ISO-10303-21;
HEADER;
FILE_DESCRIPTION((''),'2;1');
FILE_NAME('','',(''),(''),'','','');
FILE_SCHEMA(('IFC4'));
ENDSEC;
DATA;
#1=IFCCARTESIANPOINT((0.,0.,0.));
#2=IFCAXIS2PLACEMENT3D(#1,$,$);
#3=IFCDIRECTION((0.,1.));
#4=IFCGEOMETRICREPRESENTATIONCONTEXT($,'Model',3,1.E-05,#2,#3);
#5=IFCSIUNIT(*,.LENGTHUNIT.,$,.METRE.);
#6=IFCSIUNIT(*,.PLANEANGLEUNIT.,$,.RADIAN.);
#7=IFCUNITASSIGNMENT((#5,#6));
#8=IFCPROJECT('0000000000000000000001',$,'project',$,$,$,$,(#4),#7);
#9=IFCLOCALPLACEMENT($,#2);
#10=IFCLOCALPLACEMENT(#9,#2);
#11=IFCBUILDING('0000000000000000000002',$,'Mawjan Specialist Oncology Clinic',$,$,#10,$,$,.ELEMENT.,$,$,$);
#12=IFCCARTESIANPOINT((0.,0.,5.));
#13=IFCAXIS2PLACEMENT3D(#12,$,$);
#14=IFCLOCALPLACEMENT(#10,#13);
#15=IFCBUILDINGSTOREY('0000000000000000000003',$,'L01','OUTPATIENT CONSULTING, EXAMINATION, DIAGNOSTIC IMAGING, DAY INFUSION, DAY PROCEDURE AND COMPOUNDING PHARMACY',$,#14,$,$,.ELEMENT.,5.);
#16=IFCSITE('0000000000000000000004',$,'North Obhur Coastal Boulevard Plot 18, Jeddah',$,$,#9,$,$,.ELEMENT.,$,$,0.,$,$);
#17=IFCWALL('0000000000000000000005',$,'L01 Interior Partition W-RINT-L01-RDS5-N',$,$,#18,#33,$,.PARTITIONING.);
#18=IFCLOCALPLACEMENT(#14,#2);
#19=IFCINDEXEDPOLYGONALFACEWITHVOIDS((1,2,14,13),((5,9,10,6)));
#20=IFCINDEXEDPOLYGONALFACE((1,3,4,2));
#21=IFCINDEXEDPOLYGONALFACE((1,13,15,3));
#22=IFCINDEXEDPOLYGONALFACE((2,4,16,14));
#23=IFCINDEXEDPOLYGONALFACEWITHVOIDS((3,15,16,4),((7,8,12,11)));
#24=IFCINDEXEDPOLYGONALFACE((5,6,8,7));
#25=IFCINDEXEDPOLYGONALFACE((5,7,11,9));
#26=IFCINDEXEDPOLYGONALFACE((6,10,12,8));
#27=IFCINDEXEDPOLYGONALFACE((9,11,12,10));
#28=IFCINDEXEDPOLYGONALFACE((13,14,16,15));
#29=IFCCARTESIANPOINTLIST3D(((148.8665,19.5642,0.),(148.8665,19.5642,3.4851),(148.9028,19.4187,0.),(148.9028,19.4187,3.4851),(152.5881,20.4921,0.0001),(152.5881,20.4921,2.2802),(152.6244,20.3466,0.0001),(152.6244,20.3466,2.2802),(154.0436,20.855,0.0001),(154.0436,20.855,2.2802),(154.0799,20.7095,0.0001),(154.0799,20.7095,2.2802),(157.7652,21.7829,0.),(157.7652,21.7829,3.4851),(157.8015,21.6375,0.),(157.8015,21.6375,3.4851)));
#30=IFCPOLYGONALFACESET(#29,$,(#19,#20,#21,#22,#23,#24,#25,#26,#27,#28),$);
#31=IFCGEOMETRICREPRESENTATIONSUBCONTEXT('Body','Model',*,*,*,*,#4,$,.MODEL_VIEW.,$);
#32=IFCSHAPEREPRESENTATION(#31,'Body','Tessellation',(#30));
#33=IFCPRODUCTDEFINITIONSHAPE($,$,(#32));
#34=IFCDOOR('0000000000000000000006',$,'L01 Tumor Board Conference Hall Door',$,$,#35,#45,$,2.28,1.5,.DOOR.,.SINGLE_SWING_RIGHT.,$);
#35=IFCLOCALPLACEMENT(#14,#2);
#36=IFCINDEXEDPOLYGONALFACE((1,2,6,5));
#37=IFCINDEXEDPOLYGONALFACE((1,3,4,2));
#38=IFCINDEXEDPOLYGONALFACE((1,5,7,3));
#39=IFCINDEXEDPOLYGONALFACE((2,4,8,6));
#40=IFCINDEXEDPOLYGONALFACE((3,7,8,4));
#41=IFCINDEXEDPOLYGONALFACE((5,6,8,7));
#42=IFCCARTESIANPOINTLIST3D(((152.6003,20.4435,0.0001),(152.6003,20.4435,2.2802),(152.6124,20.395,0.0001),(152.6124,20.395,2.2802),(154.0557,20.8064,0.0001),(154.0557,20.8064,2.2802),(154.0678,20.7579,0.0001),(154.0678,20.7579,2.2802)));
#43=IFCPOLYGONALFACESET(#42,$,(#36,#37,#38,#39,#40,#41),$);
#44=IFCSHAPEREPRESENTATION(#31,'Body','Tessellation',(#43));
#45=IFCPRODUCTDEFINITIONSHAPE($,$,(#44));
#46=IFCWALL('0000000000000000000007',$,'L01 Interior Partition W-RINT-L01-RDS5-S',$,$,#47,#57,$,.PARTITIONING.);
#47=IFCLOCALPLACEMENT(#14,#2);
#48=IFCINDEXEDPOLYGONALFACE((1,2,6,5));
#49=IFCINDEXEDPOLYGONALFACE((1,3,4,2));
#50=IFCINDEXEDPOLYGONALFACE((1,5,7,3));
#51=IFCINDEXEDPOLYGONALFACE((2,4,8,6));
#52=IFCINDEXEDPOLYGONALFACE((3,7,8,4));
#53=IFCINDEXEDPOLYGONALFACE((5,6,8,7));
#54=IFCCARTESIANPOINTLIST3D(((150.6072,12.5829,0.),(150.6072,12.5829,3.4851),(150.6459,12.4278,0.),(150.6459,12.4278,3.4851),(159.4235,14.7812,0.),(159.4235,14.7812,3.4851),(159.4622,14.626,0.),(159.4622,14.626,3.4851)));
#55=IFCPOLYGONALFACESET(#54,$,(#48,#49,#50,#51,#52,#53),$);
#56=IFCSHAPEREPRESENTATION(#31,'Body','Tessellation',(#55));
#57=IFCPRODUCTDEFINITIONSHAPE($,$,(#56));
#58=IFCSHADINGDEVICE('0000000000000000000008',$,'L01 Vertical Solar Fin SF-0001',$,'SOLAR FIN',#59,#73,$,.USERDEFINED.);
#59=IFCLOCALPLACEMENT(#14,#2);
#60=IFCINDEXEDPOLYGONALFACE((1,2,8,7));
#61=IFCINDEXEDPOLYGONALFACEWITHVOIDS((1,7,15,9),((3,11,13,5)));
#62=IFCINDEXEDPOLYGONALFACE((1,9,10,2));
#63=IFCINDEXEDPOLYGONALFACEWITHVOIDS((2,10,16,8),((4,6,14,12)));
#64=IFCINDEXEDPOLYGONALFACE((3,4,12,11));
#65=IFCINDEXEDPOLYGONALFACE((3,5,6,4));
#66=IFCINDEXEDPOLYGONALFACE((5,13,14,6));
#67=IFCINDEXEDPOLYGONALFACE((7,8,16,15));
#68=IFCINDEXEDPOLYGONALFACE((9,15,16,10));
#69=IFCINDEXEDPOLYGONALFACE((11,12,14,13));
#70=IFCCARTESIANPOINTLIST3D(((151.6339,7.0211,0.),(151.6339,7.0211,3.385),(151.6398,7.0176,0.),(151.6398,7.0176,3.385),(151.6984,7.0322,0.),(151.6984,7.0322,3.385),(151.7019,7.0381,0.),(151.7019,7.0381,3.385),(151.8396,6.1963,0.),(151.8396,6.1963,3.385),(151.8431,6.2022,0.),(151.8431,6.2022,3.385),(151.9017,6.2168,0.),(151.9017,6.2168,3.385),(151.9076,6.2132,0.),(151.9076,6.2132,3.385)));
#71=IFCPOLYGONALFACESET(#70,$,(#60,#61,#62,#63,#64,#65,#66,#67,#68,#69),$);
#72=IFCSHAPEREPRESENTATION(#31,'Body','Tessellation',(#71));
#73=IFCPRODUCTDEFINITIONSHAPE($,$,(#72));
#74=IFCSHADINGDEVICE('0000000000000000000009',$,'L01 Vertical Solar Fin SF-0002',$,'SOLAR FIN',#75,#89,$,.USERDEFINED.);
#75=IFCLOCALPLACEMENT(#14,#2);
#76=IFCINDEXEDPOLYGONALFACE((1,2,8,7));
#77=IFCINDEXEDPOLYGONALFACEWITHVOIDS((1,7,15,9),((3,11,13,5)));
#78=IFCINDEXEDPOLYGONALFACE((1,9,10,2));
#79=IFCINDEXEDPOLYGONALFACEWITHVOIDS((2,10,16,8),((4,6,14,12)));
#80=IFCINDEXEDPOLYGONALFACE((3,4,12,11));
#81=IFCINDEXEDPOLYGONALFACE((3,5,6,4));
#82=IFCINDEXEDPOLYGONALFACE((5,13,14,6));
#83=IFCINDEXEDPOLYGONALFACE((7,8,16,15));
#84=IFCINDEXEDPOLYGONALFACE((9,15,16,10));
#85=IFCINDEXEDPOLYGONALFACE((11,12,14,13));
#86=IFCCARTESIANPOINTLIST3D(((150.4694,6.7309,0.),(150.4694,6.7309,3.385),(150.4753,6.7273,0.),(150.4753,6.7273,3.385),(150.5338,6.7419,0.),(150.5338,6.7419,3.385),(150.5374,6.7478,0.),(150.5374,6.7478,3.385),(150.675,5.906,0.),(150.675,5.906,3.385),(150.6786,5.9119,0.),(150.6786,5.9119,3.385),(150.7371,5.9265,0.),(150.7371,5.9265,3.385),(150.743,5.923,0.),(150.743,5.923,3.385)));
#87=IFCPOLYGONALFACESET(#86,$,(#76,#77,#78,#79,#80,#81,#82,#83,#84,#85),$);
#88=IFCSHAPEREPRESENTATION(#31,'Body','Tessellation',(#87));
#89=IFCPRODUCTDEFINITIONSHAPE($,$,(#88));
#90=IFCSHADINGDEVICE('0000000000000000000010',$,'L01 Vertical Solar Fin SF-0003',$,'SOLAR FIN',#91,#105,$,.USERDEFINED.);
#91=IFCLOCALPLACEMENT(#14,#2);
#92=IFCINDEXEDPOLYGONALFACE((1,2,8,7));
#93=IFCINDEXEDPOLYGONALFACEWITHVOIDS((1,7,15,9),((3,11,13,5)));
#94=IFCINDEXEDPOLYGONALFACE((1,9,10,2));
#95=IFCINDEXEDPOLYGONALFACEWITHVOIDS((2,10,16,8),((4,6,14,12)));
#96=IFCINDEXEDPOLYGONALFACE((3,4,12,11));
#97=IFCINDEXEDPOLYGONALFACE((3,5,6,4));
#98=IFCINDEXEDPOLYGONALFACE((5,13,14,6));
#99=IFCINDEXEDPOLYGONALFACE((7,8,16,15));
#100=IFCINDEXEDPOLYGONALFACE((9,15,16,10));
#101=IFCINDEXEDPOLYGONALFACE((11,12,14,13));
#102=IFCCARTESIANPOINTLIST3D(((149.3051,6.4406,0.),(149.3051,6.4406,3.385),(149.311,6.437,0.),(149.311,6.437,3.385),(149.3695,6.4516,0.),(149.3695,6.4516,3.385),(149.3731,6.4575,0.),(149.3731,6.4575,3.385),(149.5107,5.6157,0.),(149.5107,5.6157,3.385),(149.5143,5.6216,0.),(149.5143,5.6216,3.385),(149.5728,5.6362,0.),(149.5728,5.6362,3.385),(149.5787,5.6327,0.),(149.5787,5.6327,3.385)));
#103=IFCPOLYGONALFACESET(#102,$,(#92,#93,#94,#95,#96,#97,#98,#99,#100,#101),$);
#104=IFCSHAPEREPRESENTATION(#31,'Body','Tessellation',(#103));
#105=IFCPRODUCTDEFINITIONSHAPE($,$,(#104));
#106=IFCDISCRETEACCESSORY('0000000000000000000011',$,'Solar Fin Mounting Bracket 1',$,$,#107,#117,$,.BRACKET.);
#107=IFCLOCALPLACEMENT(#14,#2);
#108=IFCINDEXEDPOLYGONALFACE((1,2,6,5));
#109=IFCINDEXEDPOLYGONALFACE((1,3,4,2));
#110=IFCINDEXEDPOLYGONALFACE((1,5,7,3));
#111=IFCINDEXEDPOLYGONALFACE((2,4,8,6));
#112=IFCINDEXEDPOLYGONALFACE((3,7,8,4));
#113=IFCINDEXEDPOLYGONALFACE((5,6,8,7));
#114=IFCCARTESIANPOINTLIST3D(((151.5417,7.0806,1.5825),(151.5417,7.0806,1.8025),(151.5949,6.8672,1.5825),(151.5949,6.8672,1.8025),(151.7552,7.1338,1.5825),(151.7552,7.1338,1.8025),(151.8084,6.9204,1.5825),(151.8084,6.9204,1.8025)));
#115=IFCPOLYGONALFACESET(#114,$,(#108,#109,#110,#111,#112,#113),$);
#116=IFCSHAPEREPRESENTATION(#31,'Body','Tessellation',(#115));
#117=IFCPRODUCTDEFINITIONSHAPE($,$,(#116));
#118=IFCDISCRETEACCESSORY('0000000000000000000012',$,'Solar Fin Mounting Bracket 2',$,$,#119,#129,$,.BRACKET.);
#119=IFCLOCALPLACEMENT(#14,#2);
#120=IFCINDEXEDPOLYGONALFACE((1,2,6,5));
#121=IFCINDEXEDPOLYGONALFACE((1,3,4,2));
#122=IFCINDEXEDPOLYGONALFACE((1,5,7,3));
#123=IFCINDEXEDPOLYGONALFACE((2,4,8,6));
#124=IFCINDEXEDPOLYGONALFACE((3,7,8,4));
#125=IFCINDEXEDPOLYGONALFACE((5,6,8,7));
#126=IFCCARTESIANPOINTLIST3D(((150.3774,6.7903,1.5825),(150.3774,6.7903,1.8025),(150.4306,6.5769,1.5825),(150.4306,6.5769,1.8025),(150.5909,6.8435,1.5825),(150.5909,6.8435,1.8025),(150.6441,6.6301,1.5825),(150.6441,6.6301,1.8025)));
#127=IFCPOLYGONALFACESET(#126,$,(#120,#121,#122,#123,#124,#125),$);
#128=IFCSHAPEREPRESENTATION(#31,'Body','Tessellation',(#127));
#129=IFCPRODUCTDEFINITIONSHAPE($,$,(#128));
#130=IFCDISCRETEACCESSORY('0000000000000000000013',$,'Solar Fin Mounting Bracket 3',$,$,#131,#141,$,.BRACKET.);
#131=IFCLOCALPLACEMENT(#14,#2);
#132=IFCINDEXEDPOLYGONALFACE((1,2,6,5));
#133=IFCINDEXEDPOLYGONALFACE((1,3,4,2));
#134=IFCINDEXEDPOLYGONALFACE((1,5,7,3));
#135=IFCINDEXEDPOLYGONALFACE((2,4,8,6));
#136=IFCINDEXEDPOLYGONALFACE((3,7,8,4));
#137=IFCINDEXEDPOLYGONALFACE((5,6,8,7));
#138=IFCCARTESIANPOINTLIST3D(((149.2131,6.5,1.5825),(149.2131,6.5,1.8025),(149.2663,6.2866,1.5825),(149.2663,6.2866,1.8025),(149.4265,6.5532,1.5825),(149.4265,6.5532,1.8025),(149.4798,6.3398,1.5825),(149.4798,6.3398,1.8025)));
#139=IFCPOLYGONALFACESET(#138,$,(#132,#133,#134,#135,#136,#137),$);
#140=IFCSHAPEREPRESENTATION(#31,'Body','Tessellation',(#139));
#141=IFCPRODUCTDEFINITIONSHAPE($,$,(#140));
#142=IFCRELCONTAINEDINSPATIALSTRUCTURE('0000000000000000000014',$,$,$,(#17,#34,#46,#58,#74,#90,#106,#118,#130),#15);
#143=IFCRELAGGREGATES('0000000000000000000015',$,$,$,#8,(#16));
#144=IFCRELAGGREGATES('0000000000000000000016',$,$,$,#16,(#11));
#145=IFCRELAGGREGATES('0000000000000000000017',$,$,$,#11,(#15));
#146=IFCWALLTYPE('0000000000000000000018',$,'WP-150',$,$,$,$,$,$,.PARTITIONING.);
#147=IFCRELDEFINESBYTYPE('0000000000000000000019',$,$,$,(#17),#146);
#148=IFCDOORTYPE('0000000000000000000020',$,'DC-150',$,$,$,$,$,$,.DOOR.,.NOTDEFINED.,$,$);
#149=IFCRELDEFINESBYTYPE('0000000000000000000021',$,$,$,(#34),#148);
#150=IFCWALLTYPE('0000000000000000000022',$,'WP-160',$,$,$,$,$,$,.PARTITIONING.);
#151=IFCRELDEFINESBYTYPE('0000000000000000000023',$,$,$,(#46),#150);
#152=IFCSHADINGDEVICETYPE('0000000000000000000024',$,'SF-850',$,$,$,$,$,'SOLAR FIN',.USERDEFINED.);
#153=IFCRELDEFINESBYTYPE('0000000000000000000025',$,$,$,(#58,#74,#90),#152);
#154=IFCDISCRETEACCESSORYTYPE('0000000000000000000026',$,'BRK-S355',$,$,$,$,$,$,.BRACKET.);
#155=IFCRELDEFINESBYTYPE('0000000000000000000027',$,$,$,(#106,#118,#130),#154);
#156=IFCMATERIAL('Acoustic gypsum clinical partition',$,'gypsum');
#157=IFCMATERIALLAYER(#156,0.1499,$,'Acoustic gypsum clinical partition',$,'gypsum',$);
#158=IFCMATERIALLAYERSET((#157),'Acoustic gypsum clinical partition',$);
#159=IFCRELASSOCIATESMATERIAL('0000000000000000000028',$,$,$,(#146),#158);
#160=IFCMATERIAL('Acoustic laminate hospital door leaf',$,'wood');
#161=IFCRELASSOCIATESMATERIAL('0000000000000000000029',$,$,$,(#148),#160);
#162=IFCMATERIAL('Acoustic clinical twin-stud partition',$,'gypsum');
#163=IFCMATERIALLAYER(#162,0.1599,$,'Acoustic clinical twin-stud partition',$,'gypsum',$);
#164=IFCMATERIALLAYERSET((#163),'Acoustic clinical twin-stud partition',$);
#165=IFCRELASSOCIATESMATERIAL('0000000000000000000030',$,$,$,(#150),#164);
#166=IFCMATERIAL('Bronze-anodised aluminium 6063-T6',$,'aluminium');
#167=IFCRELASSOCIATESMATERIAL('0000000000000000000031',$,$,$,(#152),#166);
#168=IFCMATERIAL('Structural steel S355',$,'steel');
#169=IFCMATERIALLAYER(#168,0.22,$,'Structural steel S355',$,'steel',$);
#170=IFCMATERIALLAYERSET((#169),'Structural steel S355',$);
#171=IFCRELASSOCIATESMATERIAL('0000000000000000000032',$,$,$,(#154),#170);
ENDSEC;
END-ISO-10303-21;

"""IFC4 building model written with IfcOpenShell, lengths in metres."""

from ifc_helpers import new_model, si_unit, direction, frame, frame_2d, origin, origin_2d, place, context, subcontext, project, spatial, rectangle, hollow_rectangle, extrude, material, layer, layer_set, material_profile, profile_set, type_object, element, fill, save


model = new_model("IFC4")

# Units and contexts
model_context = context("Model", 3, precision=1e-05, world=origin(), true_north=direction((0.0, 1.0)))
body_context = subcontext(model_context, "Body", "Model", "MODEL_VIEW")
ifc_project = project(units=[si_unit("LENGTHUNIT", "METRE"), si_unit("PLANEANGLEUNIT", "RADIAN")], contexts=[model_context])

# Site, building, storey
site_placement = place(None, origin())
site = spatial("IfcSite", under=ifc_project, at=site_placement, Name="North Obhur Coastal Boulevard Plot 18, Jeddah", CompositionType="ELEMENT", RefElevation=0.0)
building_placement = place(site_placement, origin())
building = spatial("IfcBuilding", under=site, at=building_placement, Name="Mawjan Specialist Oncology Clinic", CompositionType="ELEMENT")
storey_placement = place(building_placement, frame((0.0, 0.0, 5.0)))
storey = spatial("IfcBuildingStorey", under=building, at=storey_placement, Name="L01", Description="OUTPATIENT CONSULTING, EXAMINATION, DIAGNOSTIC IMAGING, DAY INFUSION, DAY PROCEDURE AND COMPOUNDING PHARMACY", CompositionType="ELEMENT", Elevation=5.0)

# Wall, opening, door
ifc_material_1 = material(Name="Acoustic gypsum clinical partition", Category="gypsum")
ifc_layer_1 = layer(ifc_material_1, 0.1499, Name="Acoustic gypsum clinical partition", Category="gypsum")
ifc_layer_set_1 = layer_set([ifc_layer_1], Name="Acoustic gypsum clinical partition")
wall_type_1 = type_object("IfcWallType", Name="WP-150", PredefinedType="PARTITIONING", material=ifc_layer_set_1)
wall_1_placement = place(storey_placement, frame((148.8848, 19.4915, 0.0), z_axis=(0.0, 0.0, 1.0), x_axis=(0.970294, 0.241928, 0.0)))
wall_1 = element("IfcWall", 1, at=wall_1_placement, inside=storey, type_object=wall_type_1, Name="L01 Interior Partition W-RINT-L01-RDS5-N", PredefinedType="PARTITIONING", context=body_context, shape_type="SweptSolid", body=[
    extrude(rectangle(XDim=9.1711, YDim=0.1499, at=frame_2d((4.5854, 0.0))), origin(), (0.0, 0.0, 1.0), 3.4851),
])
opening_placement = place(wall_1_placement, frame((3.8354, 0.0, 0.0)))
opening = element("IfcOpeningElement", 2, at=opening_placement, cuts=wall_1, PredefinedType="OPENING", context=body_context, shape_type="SweptSolid", body=[
    extrude(rectangle(XDim=1.5, YDim=2.28, at=frame_2d((0.75, 1.1401))), frame((0.0, 0.0869, 0.0), z_axis=(0.0, -1.0, 0.0), x_axis=(1.0, 0.0, 0.0)), (0.0, 0.0, 1.0), 0.1738),
])
ifc_material_2 = material(Name="Acoustic laminate hospital door leaf", Category="wood")
door_type = type_object("IfcDoorType", Name="DC-150", OperationType="NOTDEFINED", PredefinedType="DOOR", material=ifc_material_2)
door_placement = place(opening_placement, origin())
door = element("IfcDoor", 3, at=door_placement, inside=storey, type_object=door_type, Name="L01 Tumor Board Conference Hall Door", OperationType="SINGLE_SWING_RIGHT", OverallHeight=2.28, OverallWidth=1.5, PredefinedType="DOOR", context=body_context, shape_type="SweptSolid", body=[
    extrude(rectangle(XDim=1.5, YDim=2.28, at=frame_2d((0.75, 1.1401))), frame((0.0, 0.0249, 0.0), z_axis=(0.0, -1.0, 0.0), x_axis=(1.0, 0.0, 0.0)), (0.0, 0.0, 1.0), 0.05),
])
fill(opening, door)

# Wall
ifc_material_3 = material(Name="Acoustic clinical twin-stud partition", Category="gypsum")
ifc_layer_2 = layer(ifc_material_3, 0.1599, Name="Acoustic clinical twin-stud partition", Category="gypsum")
ifc_layer_set_2 = layer_set([ifc_layer_2], Name="Acoustic clinical twin-stud partition")
wall_type_2 = type_object("IfcWallType", Name="WP-160", PredefinedType="PARTITIONING", material=ifc_layer_set_2)
wall_2_placement = place(storey_placement, frame((150.6267, 12.5054, 0.0), z_axis=(0.0, 0.0, 1.0), x_axis=(0.970292, 0.241935, 0.0)))
element("IfcWall", 4, at=wall_2_placement, inside=storey, type_object=wall_type_2, Name="L01 Interior Partition W-RINT-L01-RDS5-S", PredefinedType="PARTITIONING", context=body_context, shape_type="SweptSolid", body=[
    extrude(rectangle(XDim=9.0862, YDim=0.1599, at=frame_2d((4.543, 0.0))), origin(), (0.0, 0.0, 1.0), 3.4851),
])

# Shading devices
ifc_material_4 = material(Name="Bronze-anodised aluminium 6063-T6", Category="aluminium")
ifc_material_profile_1 = material_profile(ifc_material_4, hollow_rectangle(XDim=0.0701, YDim=0.8501, WallThickness=0.0049, at=origin_2d()), Name="FIN 850x70x5", Category="aluminium")
ifc_profile_set_1 = profile_set([ifc_material_profile_1], Name="Bronze-anodised aluminium 6063-T6")
shading_device_type = type_object("IfcShadingDeviceType", Name="SF-850", ElementType="SOLAR FIN", PredefinedType="USERDEFINED", material=ifc_profile_set_1)
for number, where, z_axis, x_axis, name in (
    (5, (151.7708, 6.6172, 0.0), (0.0, 0.0, 1.0), (-0.970296, -0.241922, 0.0), "L01 Vertical Solar Fin SF-0001"),
    (6, (150.6062, 6.3269, 0.0), (0.0, 0.0, 1.0), (-0.970296, -0.241922, 0.0), "L01 Vertical Solar Fin SF-0002"),
    (7, (149.4419, 6.0366, 0.0), (0.0, 0.0, 1.0), (-0.970296, -0.241922, 0.0), "L01 Vertical Solar Fin SF-0003"),
):
    element("IfcShadingDevice", number, at=place(storey_placement, frame(where, z_axis=z_axis, x_axis=x_axis)), inside=storey, type_object=shading_device_type, Name=name, ObjectType="SOLAR FIN", PredefinedType="USERDEFINED", context=body_context, shape_type="SweptSolid", body=[
        extrude(hollow_rectangle(XDim=0.0701, YDim=0.8501, WallThickness=0.0049, at=origin_2d()), origin(), (0.0, 0.0, 1.0), 3.385),
    ])

# Discrete accessories
ifc_material_5 = material(Name="Structural steel S355", Category="steel")
ifc_layer_3 = layer(ifc_material_5, 0.22, Name="Structural steel S355", Category="steel")
ifc_layer_set_3 = layer_set([ifc_layer_3], Name="Structural steel S355")
discrete_accessory_type = type_object("IfcDiscreteAccessoryType", Name="BRK-S355", PredefinedType="BRACKET", material=ifc_layer_set_3)
for number, where, z_axis, x_axis, name in (
    (8, (151.675, 7.0005, 1.5825), (0.0, 0.0, 1.0), (-0.970296, -0.241922, 0.0), "Solar Fin Mounting Bracket 1"),
    (9, (150.5107, 6.7102, 1.5825), (0.0, 0.0, 1.0), (-0.970296, -0.241922, 0.0), "Solar Fin Mounting Bracket 2"),
    (10, (149.3464, 6.4199, 1.5825), (0.0, 0.0, 1.0), (-0.970296, -0.241922, 0.0), "Solar Fin Mounting Bracket 3"),
):
    element("IfcDiscreteAccessory", number, at=place(storey_placement, frame(where, z_axis=z_axis, x_axis=x_axis)), inside=storey, type_object=discrete_accessory_type, Name=name, PredefinedType="BRACKET", context=body_context, shape_type="SweptSolid", body=[
        extrude(rectangle(XDim=0.22, YDim=0.22, at=origin_2d()), origin(), (0.0, 0.0, 1.0), 0.22),
    ])

save(model, "model.ifc")
